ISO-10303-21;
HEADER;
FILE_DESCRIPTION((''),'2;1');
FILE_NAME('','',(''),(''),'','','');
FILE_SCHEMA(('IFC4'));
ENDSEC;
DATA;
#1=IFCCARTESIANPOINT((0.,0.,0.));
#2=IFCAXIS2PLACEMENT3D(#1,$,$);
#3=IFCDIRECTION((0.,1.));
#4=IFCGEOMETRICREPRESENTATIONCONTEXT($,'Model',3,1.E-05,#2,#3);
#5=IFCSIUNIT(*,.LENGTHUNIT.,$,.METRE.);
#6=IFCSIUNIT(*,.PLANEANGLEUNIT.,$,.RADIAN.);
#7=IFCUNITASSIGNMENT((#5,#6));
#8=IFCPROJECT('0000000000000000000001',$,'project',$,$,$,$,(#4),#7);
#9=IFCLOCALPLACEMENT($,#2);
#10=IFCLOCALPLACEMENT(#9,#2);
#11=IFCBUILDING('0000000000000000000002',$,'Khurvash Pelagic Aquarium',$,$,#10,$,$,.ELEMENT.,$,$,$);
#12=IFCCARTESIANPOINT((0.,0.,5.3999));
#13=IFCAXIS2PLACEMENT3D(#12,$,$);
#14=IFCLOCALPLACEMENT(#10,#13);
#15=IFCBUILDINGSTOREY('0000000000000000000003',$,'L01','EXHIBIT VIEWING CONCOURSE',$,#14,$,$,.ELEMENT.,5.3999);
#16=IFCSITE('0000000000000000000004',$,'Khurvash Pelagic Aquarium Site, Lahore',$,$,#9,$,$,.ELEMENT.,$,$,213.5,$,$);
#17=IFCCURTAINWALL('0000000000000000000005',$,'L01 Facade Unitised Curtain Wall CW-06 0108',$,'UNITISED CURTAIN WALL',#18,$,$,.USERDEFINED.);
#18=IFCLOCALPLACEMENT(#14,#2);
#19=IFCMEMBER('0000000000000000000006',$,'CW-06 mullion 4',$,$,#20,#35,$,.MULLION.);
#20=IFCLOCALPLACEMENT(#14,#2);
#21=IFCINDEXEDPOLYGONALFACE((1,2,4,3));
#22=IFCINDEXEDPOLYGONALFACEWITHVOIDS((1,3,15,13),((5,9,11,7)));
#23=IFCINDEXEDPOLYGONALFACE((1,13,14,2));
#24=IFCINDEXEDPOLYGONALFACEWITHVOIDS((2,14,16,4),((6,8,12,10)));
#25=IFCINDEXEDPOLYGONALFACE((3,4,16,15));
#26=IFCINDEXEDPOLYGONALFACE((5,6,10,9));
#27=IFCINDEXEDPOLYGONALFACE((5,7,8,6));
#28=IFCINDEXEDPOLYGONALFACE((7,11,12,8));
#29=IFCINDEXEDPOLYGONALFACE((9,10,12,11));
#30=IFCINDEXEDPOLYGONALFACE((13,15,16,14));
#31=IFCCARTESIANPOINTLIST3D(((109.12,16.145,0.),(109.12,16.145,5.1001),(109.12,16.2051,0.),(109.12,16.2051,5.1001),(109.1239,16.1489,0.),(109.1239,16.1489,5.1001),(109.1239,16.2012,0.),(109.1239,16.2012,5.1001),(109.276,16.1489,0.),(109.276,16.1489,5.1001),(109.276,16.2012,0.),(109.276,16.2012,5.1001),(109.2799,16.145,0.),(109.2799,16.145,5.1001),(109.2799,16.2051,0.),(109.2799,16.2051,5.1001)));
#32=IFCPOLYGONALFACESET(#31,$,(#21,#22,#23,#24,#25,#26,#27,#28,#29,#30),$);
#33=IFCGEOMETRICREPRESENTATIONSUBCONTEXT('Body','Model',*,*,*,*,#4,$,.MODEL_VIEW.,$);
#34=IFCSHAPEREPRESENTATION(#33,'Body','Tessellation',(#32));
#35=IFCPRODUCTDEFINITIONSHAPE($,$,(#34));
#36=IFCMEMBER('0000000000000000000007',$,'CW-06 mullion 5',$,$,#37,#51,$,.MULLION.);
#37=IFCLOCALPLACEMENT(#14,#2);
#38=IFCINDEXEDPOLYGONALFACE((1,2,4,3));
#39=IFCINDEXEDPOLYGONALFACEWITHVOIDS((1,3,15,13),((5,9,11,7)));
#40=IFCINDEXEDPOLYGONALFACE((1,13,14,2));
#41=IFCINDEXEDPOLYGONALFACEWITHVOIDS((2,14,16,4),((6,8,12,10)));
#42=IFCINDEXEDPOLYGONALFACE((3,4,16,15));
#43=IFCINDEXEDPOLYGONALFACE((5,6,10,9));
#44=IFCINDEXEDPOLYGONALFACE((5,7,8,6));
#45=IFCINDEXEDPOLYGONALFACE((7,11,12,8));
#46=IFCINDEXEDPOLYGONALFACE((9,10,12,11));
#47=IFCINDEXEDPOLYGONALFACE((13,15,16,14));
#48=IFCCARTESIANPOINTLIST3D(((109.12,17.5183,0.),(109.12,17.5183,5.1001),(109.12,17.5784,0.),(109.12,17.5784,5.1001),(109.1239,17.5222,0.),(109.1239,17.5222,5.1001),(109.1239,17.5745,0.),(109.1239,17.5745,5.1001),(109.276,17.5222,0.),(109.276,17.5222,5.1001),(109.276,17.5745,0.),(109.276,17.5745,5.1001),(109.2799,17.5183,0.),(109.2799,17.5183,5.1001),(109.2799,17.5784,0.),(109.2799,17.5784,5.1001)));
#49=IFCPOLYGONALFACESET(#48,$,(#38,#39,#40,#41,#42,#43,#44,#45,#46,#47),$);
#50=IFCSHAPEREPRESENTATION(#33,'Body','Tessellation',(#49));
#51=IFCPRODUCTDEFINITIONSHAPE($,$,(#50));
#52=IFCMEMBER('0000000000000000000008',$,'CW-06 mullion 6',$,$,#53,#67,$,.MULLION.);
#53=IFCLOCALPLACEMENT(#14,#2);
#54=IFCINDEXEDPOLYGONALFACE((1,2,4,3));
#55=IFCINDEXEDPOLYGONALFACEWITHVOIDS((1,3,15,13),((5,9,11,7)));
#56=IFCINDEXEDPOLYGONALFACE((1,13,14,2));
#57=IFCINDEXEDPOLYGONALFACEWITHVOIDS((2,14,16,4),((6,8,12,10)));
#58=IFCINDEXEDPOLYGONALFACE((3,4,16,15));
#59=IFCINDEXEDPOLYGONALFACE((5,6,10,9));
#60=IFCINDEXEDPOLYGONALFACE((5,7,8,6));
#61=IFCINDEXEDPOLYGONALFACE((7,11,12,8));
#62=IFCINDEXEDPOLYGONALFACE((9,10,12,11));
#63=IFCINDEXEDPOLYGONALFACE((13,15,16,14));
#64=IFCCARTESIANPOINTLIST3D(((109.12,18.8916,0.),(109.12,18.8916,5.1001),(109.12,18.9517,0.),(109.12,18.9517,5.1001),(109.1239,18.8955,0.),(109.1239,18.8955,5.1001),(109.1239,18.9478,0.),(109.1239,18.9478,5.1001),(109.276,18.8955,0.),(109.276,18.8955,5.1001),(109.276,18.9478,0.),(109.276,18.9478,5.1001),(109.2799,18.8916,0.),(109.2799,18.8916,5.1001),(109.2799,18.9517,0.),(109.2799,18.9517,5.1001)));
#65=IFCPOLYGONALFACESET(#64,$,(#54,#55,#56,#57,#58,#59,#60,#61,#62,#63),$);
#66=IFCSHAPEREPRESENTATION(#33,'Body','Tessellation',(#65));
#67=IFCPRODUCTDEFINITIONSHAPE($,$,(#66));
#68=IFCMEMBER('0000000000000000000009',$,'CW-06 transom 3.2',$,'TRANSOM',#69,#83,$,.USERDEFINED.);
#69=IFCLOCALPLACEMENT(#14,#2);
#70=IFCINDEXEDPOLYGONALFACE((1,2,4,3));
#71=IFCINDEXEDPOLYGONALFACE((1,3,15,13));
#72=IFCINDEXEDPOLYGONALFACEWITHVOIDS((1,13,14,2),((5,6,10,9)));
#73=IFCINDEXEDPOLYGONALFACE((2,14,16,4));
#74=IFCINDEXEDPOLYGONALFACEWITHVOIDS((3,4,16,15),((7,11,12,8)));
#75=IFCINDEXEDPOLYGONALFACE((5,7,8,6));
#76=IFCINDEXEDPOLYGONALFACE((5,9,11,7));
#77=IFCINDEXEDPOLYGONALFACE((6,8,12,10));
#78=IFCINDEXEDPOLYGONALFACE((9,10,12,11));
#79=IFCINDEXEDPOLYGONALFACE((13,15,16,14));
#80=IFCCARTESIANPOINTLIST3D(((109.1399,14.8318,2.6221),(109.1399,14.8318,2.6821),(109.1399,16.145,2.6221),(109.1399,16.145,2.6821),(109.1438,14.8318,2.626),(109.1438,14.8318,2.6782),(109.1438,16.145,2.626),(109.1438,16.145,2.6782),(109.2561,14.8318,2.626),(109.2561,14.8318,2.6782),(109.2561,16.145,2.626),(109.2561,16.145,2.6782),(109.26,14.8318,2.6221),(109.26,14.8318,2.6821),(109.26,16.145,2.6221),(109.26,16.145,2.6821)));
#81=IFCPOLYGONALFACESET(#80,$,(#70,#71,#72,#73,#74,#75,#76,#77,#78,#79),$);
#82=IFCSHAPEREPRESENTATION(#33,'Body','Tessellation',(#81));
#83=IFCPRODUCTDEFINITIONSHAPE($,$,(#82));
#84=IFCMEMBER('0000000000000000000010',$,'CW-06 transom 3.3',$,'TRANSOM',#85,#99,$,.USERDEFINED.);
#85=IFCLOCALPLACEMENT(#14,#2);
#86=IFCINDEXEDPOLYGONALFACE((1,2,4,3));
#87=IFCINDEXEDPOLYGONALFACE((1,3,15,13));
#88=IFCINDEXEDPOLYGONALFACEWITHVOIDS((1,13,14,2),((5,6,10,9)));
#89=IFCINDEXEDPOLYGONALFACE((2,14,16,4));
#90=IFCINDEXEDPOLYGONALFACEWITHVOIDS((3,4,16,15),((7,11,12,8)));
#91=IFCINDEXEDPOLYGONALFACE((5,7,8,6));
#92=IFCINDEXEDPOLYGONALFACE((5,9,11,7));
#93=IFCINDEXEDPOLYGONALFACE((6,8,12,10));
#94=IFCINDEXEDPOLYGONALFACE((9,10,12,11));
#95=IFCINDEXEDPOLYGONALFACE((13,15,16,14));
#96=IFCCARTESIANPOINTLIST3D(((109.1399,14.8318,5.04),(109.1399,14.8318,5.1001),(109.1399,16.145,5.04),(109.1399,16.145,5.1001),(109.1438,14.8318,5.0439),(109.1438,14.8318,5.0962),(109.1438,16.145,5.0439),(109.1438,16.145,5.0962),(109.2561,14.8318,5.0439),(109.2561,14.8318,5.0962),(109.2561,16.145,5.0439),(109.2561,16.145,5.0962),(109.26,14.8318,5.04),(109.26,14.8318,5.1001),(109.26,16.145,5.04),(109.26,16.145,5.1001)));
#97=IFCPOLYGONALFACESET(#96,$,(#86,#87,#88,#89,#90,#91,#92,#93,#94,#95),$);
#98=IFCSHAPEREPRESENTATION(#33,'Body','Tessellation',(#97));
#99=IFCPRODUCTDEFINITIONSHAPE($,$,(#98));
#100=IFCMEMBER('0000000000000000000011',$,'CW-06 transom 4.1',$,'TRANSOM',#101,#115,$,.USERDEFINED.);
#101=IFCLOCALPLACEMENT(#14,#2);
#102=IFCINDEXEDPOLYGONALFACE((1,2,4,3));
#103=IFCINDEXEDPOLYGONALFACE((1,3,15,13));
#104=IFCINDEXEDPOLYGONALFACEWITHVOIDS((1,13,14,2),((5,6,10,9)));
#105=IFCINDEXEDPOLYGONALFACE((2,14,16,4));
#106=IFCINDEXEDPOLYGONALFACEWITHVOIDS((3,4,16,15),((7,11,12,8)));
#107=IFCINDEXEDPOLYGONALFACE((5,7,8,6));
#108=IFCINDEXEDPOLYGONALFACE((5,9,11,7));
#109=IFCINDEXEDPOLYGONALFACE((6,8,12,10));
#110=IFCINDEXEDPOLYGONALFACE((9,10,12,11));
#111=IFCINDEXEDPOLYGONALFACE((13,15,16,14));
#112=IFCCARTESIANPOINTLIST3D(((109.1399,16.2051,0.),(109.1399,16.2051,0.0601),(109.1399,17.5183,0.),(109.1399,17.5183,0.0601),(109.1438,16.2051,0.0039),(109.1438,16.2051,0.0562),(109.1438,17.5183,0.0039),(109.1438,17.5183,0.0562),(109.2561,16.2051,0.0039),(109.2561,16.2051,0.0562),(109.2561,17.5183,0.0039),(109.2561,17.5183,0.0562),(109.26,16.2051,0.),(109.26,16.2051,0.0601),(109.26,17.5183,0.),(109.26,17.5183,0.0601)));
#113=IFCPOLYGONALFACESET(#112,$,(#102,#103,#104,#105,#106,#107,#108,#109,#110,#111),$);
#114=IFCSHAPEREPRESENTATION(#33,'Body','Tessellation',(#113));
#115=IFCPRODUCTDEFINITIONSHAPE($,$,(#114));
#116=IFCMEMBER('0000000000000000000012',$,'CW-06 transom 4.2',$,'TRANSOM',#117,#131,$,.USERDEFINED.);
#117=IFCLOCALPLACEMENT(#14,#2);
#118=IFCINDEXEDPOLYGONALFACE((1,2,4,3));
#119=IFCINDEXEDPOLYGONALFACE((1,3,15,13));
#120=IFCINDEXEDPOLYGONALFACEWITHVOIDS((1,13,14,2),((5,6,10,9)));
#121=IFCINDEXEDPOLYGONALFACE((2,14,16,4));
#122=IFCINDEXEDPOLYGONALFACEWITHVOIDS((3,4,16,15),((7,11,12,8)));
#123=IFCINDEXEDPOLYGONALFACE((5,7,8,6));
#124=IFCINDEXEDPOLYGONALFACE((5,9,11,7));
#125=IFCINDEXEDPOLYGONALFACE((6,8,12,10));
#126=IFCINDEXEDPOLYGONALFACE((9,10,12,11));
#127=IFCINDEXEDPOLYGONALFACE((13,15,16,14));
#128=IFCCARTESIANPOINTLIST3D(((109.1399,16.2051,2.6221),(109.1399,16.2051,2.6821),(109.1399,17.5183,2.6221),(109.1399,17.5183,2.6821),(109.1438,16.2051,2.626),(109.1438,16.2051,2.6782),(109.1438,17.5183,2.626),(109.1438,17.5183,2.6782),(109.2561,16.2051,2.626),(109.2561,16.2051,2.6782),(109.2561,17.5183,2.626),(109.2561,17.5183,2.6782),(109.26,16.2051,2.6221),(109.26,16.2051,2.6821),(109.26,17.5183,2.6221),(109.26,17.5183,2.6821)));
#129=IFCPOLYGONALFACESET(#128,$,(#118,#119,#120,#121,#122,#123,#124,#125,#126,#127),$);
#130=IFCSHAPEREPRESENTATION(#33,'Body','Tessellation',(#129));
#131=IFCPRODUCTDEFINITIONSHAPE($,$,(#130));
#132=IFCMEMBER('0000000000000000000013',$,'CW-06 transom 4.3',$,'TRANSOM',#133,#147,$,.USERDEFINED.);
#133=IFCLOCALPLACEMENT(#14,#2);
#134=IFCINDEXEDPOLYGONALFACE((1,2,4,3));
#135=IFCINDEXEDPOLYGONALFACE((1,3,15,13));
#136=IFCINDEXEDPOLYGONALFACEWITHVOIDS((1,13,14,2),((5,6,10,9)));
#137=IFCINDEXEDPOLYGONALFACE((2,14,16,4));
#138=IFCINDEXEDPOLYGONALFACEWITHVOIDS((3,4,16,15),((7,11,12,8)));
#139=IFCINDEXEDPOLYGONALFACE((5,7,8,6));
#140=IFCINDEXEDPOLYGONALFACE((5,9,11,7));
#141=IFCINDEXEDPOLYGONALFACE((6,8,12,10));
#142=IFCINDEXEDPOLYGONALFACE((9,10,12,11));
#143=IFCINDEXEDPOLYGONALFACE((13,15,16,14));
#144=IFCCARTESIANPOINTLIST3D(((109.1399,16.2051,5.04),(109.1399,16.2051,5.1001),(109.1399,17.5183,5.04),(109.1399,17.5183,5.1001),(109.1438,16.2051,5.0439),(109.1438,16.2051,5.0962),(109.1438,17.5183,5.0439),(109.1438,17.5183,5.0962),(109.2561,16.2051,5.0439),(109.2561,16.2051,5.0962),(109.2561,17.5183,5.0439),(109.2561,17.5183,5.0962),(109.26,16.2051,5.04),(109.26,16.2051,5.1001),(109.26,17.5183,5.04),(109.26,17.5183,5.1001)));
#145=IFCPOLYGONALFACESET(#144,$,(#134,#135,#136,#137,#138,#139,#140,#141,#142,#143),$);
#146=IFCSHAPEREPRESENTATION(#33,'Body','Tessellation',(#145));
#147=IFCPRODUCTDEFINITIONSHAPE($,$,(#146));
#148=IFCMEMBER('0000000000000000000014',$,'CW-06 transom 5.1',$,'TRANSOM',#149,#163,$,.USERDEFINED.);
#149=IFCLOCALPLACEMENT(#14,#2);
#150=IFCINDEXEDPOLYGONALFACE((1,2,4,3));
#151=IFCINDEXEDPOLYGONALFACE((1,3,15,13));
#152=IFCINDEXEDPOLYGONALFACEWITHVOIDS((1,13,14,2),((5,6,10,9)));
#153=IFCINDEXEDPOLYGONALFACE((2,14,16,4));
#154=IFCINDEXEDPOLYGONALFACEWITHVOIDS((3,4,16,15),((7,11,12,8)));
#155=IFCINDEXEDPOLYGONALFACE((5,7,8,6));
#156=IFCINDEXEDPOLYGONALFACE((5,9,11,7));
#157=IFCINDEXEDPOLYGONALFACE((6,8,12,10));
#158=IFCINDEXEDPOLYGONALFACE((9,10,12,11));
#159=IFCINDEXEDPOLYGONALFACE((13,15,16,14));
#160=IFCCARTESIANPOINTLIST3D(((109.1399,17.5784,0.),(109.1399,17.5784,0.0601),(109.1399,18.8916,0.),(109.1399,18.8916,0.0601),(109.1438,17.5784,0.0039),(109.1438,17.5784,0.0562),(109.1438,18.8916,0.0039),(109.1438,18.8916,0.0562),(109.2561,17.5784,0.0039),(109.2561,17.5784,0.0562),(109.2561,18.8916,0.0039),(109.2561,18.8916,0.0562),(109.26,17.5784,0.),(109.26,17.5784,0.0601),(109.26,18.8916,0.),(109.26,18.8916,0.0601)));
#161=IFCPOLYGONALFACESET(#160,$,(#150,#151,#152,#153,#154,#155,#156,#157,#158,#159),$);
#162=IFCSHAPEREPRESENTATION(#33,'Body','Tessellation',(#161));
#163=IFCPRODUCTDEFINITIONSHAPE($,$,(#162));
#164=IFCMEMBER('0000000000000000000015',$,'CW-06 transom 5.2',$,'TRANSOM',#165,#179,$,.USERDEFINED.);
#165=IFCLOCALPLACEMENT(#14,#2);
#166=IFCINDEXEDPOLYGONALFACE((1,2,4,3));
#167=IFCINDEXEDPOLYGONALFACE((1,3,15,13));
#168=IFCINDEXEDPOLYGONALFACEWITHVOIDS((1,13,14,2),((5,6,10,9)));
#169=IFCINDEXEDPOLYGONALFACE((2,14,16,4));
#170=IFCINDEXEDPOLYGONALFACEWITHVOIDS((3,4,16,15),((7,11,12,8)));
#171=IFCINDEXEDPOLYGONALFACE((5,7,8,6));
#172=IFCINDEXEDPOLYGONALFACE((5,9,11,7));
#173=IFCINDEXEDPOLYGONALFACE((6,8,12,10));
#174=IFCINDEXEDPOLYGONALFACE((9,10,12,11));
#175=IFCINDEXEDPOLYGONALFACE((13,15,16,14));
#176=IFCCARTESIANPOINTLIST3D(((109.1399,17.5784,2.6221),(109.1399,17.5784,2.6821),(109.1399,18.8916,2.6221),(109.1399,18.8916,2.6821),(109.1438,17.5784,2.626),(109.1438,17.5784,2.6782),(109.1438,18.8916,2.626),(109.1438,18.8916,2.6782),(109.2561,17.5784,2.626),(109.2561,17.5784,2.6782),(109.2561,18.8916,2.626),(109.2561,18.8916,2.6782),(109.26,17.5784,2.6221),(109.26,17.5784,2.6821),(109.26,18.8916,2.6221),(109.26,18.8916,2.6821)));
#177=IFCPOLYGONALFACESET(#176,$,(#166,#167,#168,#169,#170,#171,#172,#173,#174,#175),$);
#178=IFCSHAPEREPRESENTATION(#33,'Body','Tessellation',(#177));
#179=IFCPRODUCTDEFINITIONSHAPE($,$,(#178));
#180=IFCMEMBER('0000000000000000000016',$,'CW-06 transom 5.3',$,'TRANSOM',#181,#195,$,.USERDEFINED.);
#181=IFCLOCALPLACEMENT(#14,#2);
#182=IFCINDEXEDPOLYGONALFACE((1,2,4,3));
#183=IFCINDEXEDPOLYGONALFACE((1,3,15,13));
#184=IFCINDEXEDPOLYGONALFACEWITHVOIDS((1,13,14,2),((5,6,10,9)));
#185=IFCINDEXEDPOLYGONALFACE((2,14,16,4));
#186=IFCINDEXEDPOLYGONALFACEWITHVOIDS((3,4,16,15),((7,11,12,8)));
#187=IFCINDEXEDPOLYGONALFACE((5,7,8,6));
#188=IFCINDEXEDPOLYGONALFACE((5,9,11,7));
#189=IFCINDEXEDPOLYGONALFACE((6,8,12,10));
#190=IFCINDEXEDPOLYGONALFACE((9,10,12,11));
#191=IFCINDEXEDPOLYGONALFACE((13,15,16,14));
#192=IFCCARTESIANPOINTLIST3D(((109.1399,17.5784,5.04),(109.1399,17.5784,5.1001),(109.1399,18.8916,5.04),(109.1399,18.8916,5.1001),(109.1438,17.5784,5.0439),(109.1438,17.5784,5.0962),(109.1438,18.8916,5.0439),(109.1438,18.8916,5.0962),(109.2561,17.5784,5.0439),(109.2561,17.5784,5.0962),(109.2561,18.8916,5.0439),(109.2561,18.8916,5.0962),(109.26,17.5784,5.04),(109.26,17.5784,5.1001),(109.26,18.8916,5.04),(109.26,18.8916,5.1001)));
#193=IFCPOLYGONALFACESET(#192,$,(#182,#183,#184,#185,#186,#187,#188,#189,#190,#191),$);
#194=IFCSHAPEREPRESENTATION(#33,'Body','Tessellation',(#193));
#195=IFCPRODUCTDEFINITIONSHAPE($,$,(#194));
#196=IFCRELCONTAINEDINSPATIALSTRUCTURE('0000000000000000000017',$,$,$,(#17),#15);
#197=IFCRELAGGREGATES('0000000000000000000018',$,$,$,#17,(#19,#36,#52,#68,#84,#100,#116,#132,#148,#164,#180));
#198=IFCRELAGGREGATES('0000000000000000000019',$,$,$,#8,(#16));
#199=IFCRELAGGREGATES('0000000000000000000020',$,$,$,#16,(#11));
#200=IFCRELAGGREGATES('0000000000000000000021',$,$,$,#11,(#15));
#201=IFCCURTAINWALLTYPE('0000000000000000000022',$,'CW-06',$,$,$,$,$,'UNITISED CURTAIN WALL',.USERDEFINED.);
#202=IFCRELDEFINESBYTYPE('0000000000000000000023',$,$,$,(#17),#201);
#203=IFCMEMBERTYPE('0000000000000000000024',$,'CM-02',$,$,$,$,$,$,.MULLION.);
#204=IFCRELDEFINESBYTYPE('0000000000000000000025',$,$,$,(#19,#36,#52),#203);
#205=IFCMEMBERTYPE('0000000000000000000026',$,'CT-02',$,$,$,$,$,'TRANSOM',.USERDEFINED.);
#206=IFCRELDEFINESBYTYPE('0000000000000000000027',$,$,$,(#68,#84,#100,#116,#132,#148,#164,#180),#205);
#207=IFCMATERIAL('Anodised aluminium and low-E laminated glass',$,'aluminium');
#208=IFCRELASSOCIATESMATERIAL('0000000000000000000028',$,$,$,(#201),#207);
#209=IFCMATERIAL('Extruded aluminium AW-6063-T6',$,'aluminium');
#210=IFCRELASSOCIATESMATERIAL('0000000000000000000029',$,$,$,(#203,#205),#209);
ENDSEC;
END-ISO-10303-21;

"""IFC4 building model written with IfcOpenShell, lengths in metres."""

from ifc_helpers import new_model, si_unit, direction, frame, origin, origin_2d, place, context, subcontext, project, spatial, hollow_rectangle, extrude, material, material_profile, profile_set, type_object, element, aggregate, save


model = new_model("IFC4")

# Units and contexts
model_context = context("Model", 3, precision=1e-05, world=origin(), true_north=direction((0.0, 1.0)))
body_context = subcontext(model_context, "Body", "Model", "MODEL_VIEW")
ifc_project = project(units=[si_unit("LENGTHUNIT", "METRE"), si_unit("PLANEANGLEUNIT", "RADIAN")], contexts=[model_context])

# Site, building, storey
site_placement = place(None, origin())
site = spatial("IfcSite", under=ifc_project, at=site_placement, Name="Khurvash Pelagic Aquarium Site, Lahore", CompositionType="ELEMENT", RefElevation=213.5)
building_placement = place(site_placement, origin())
building = spatial("IfcBuilding", under=site, at=building_placement, Name="Khurvash Pelagic Aquarium", CompositionType="ELEMENT")
storey_placement = place(building_placement, frame((0.0, 0.0, 5.3999)))
storey = spatial("IfcBuildingStorey", under=building, at=storey_placement, Name="L01", Description="EXHIBIT VIEWING CONCOURSE", CompositionType="ELEMENT", Elevation=5.3999)

# Curtain wall, members
ifc_material_1 = material(Name="Anodised aluminium and low-E laminated glass", Category="aluminium")
curtain_wall_type = type_object("IfcCurtainWallType", Name="CW-06", ElementType="UNITISED CURTAIN WALL", PredefinedType="USERDEFINED", material=ifc_material_1)
curtain_wall_placement = place(storey_placement, origin())
curtain_wall = element("IfcCurtainWall", 1, at=curtain_wall_placement, inside=storey, type_object=curtain_wall_type, Name="L01 Facade Unitised Curtain Wall CW-06 0108", ObjectType="UNITISED CURTAIN WALL", PredefinedType="USERDEFINED")
ifc_material_2 = material(Name="Extruded aluminium AW-6063-T6", Category="aluminium")
ifc_material_profile_1 = material_profile(ifc_material_2, hollow_rectangle(XDim=0.0601, YDim=0.1599, WallThickness=0.0039, at=origin_2d()), Name="CWM60X160X4")
ifc_profile_set_1 = profile_set([ifc_material_profile_1], Name="Extruded aluminium AW-6063-T6")
member_type_1 = type_object("IfcMemberType", Name="CM-02", PredefinedType="MULLION", material=ifc_profile_set_1)
member_1_placement = place(storey_placement, frame((109.2, 16.175, 0.0), z_axis=(0.0, 0.0, 1.0), x_axis=(0.0, 1.0, 0.0)))
member_1 = element("IfcMember", 2, at=member_1_placement, type_object=member_type_1, Name="CW-06 mullion 4", PredefinedType="MULLION", context=body_context, shape_type="SweptSolid", body=[
    extrude(hollow_rectangle(XDim=0.0601, YDim=0.1599, WallThickness=0.0039, at=origin_2d()), origin(), (0.0, 0.0, 1.0), 5.1001),
])
member_2_placement = place(storey_placement, frame((109.2, 17.5483, 0.0), z_axis=(0.0, 0.0, 1.0), x_axis=(0.0, 1.0, 0.0)))
member_2 = element("IfcMember", 3, at=member_2_placement, type_object=member_type_1, Name="CW-06 mullion 5", PredefinedType="MULLION", context=body_context, shape_type="SweptSolid", body=[
    extrude(hollow_rectangle(XDim=0.0601, YDim=0.1599, WallThickness=0.0039, at=origin_2d()), origin(), (0.0, 0.0, 1.0), 5.1001),
])
member_3_placement = place(storey_placement, frame((109.2, 18.9216, 0.0), z_axis=(0.0, 0.0, 1.0), x_axis=(0.0, 1.0, 0.0)))
member_3 = element("IfcMember", 4, at=member_3_placement, type_object=member_type_1, Name="CW-06 mullion 6", PredefinedType="MULLION", context=body_context, shape_type="SweptSolid", body=[
    extrude(hollow_rectangle(XDim=0.0601, YDim=0.1599, WallThickness=0.0039, at=origin_2d()), origin(), (0.0, 0.0, 1.0), 5.1001),
])
ifc_material_profile_2 = material_profile(ifc_material_2, hollow_rectangle(XDim=0.1201, YDim=0.0601, WallThickness=0.0039, at=origin_2d()), Name="CWT120X60X4")
ifc_profile_set_2 = profile_set([ifc_material_profile_2], Name="Extruded aluminium AW-6063-T6")
member_type_2 = type_object("IfcMemberType", Name="CT-02", ElementType="TRANSOM", PredefinedType="USERDEFINED", material=ifc_profile_set_2)
member_4_placement = place(storey_placement, frame((109.2, 14.8318, 2.6521), z_axis=(0.0, 1.0, 0.0), x_axis=(-1.0, 0.0, 0.0)))
member_4 = element("IfcMember", 5, at=member_4_placement, type_object=member_type_2, Name="CW-06 transom 3.2", ObjectType="TRANSOM", PredefinedType="USERDEFINED", context=body_context, shape_type="SweptSolid", body=[
    extrude(hollow_rectangle(XDim=0.1201, YDim=0.0601, WallThickness=0.0039, at=origin_2d()), origin(), (0.0, 0.0, 1.0), 1.3132),
])
member_5_placement = place(storey_placement, frame((109.2, 14.8318, 5.0701), z_axis=(0.0, 1.0, 0.0), x_axis=(-1.0, 0.0, 0.0)))
member_5 = element("IfcMember", 6, at=member_5_placement, type_object=member_type_2, Name="CW-06 transom 3.3", ObjectType="TRANSOM", PredefinedType="USERDEFINED", context=body_context, shape_type="SweptSolid", body=[
    extrude(hollow_rectangle(XDim=0.1201, YDim=0.0601, WallThickness=0.0039, at=origin_2d()), origin(), (0.0, 0.0, 1.0), 1.3132),
])
member_6_placement = place(storey_placement, frame((109.2, 16.2051, 0.03), z_axis=(0.0, 1.0, 0.0), x_axis=(-1.0, 0.0, 0.0)))
member_6 = element("IfcMember", 7, at=member_6_placement, type_object=member_type_2, Name="CW-06 transom 4.1", ObjectType="TRANSOM", PredefinedType="USERDEFINED", context=body_context, shape_type="SweptSolid", body=[
    extrude(hollow_rectangle(XDim=0.1201, YDim=0.0601, WallThickness=0.0039, at=origin_2d()), origin(), (0.0, 0.0, 1.0), 1.3132),
])
member_7_placement = place(storey_placement, frame((109.2, 16.2051, 2.6521), z_axis=(0.0, 1.0, 0.0), x_axis=(-1.0, 0.0, 0.0)))
member_7 = element("IfcMember", 8, at=member_7_placement, type_object=member_type_2, Name="CW-06 transom 4.2", ObjectType="TRANSOM", PredefinedType="USERDEFINED", context=body_context, shape_type="SweptSolid", body=[
    extrude(hollow_rectangle(XDim=0.1201, YDim=0.0601, WallThickness=0.0039, at=origin_2d()), origin(), (0.0, 0.0, 1.0), 1.3132),
])
member_8_placement = place(storey_placement, frame((109.2, 16.2051, 5.0701), z_axis=(0.0, 1.0, 0.0), x_axis=(-1.0, 0.0, 0.0)))
member_8 = element("IfcMember", 9, at=member_8_placement, type_object=member_type_2, Name="CW-06 transom 4.3", ObjectType="TRANSOM", PredefinedType="USERDEFINED", context=body_context, shape_type="SweptSolid", body=[
    extrude(hollow_rectangle(XDim=0.1201, YDim=0.0601, WallThickness=0.0039, at=origin_2d()), origin(), (0.0, 0.0, 1.0), 1.3132),
])
member_9_placement = place(storey_placement, frame((109.2, 17.5784, 0.03), z_axis=(0.0, 1.0, 0.0), x_axis=(-1.0, 0.0, 0.0)))
member_9 = element("IfcMember", 10, at=member_9_placement, type_object=member_type_2, Name="CW-06 transom 5.1", ObjectType="TRANSOM", PredefinedType="USERDEFINED", context=body_context, shape_type="SweptSolid", body=[
    extrude(hollow_rectangle(XDim=0.1201, YDim=0.0601, WallThickness=0.0039, at=origin_2d()), origin(), (0.0, 0.0, 1.0), 1.3132),
])
member_10_placement = place(storey_placement, frame((109.2, 17.5784, 2.6521), z_axis=(0.0, 1.0, 0.0), x_axis=(-1.0, 0.0, 0.0)))
member_10 = element("IfcMember", 11, at=member_10_placement, type_object=member_type_2, Name="CW-06 transom 5.2", ObjectType="TRANSOM", PredefinedType="USERDEFINED", context=body_context, shape_type="SweptSolid", body=[
    extrude(hollow_rectangle(XDim=0.1201, YDim=0.0601, WallThickness=0.0039, at=origin_2d()), origin(), (0.0, 0.0, 1.0), 1.3132),
])
member_11_placement = place(storey_placement, frame((109.2, 17.5784, 5.0701), z_axis=(0.0, 1.0, 0.0), x_axis=(-1.0, 0.0, 0.0)))
member_11 = element("IfcMember", 12, at=member_11_placement, type_object=member_type_2, Name="CW-06 transom 5.3", ObjectType="TRANSOM", PredefinedType="USERDEFINED", context=body_context, shape_type="SweptSolid", body=[
    extrude(hollow_rectangle(XDim=0.1201, YDim=0.0601, WallThickness=0.0039, at=origin_2d()), origin(), (0.0, 0.0, 1.0), 1.3132),
])
aggregate(curtain_wall, [member_1, member_2, member_3, member_4, member_5, member_6, member_7, member_8, member_9, member_10, member_11])

save(model, "model.ifc")
